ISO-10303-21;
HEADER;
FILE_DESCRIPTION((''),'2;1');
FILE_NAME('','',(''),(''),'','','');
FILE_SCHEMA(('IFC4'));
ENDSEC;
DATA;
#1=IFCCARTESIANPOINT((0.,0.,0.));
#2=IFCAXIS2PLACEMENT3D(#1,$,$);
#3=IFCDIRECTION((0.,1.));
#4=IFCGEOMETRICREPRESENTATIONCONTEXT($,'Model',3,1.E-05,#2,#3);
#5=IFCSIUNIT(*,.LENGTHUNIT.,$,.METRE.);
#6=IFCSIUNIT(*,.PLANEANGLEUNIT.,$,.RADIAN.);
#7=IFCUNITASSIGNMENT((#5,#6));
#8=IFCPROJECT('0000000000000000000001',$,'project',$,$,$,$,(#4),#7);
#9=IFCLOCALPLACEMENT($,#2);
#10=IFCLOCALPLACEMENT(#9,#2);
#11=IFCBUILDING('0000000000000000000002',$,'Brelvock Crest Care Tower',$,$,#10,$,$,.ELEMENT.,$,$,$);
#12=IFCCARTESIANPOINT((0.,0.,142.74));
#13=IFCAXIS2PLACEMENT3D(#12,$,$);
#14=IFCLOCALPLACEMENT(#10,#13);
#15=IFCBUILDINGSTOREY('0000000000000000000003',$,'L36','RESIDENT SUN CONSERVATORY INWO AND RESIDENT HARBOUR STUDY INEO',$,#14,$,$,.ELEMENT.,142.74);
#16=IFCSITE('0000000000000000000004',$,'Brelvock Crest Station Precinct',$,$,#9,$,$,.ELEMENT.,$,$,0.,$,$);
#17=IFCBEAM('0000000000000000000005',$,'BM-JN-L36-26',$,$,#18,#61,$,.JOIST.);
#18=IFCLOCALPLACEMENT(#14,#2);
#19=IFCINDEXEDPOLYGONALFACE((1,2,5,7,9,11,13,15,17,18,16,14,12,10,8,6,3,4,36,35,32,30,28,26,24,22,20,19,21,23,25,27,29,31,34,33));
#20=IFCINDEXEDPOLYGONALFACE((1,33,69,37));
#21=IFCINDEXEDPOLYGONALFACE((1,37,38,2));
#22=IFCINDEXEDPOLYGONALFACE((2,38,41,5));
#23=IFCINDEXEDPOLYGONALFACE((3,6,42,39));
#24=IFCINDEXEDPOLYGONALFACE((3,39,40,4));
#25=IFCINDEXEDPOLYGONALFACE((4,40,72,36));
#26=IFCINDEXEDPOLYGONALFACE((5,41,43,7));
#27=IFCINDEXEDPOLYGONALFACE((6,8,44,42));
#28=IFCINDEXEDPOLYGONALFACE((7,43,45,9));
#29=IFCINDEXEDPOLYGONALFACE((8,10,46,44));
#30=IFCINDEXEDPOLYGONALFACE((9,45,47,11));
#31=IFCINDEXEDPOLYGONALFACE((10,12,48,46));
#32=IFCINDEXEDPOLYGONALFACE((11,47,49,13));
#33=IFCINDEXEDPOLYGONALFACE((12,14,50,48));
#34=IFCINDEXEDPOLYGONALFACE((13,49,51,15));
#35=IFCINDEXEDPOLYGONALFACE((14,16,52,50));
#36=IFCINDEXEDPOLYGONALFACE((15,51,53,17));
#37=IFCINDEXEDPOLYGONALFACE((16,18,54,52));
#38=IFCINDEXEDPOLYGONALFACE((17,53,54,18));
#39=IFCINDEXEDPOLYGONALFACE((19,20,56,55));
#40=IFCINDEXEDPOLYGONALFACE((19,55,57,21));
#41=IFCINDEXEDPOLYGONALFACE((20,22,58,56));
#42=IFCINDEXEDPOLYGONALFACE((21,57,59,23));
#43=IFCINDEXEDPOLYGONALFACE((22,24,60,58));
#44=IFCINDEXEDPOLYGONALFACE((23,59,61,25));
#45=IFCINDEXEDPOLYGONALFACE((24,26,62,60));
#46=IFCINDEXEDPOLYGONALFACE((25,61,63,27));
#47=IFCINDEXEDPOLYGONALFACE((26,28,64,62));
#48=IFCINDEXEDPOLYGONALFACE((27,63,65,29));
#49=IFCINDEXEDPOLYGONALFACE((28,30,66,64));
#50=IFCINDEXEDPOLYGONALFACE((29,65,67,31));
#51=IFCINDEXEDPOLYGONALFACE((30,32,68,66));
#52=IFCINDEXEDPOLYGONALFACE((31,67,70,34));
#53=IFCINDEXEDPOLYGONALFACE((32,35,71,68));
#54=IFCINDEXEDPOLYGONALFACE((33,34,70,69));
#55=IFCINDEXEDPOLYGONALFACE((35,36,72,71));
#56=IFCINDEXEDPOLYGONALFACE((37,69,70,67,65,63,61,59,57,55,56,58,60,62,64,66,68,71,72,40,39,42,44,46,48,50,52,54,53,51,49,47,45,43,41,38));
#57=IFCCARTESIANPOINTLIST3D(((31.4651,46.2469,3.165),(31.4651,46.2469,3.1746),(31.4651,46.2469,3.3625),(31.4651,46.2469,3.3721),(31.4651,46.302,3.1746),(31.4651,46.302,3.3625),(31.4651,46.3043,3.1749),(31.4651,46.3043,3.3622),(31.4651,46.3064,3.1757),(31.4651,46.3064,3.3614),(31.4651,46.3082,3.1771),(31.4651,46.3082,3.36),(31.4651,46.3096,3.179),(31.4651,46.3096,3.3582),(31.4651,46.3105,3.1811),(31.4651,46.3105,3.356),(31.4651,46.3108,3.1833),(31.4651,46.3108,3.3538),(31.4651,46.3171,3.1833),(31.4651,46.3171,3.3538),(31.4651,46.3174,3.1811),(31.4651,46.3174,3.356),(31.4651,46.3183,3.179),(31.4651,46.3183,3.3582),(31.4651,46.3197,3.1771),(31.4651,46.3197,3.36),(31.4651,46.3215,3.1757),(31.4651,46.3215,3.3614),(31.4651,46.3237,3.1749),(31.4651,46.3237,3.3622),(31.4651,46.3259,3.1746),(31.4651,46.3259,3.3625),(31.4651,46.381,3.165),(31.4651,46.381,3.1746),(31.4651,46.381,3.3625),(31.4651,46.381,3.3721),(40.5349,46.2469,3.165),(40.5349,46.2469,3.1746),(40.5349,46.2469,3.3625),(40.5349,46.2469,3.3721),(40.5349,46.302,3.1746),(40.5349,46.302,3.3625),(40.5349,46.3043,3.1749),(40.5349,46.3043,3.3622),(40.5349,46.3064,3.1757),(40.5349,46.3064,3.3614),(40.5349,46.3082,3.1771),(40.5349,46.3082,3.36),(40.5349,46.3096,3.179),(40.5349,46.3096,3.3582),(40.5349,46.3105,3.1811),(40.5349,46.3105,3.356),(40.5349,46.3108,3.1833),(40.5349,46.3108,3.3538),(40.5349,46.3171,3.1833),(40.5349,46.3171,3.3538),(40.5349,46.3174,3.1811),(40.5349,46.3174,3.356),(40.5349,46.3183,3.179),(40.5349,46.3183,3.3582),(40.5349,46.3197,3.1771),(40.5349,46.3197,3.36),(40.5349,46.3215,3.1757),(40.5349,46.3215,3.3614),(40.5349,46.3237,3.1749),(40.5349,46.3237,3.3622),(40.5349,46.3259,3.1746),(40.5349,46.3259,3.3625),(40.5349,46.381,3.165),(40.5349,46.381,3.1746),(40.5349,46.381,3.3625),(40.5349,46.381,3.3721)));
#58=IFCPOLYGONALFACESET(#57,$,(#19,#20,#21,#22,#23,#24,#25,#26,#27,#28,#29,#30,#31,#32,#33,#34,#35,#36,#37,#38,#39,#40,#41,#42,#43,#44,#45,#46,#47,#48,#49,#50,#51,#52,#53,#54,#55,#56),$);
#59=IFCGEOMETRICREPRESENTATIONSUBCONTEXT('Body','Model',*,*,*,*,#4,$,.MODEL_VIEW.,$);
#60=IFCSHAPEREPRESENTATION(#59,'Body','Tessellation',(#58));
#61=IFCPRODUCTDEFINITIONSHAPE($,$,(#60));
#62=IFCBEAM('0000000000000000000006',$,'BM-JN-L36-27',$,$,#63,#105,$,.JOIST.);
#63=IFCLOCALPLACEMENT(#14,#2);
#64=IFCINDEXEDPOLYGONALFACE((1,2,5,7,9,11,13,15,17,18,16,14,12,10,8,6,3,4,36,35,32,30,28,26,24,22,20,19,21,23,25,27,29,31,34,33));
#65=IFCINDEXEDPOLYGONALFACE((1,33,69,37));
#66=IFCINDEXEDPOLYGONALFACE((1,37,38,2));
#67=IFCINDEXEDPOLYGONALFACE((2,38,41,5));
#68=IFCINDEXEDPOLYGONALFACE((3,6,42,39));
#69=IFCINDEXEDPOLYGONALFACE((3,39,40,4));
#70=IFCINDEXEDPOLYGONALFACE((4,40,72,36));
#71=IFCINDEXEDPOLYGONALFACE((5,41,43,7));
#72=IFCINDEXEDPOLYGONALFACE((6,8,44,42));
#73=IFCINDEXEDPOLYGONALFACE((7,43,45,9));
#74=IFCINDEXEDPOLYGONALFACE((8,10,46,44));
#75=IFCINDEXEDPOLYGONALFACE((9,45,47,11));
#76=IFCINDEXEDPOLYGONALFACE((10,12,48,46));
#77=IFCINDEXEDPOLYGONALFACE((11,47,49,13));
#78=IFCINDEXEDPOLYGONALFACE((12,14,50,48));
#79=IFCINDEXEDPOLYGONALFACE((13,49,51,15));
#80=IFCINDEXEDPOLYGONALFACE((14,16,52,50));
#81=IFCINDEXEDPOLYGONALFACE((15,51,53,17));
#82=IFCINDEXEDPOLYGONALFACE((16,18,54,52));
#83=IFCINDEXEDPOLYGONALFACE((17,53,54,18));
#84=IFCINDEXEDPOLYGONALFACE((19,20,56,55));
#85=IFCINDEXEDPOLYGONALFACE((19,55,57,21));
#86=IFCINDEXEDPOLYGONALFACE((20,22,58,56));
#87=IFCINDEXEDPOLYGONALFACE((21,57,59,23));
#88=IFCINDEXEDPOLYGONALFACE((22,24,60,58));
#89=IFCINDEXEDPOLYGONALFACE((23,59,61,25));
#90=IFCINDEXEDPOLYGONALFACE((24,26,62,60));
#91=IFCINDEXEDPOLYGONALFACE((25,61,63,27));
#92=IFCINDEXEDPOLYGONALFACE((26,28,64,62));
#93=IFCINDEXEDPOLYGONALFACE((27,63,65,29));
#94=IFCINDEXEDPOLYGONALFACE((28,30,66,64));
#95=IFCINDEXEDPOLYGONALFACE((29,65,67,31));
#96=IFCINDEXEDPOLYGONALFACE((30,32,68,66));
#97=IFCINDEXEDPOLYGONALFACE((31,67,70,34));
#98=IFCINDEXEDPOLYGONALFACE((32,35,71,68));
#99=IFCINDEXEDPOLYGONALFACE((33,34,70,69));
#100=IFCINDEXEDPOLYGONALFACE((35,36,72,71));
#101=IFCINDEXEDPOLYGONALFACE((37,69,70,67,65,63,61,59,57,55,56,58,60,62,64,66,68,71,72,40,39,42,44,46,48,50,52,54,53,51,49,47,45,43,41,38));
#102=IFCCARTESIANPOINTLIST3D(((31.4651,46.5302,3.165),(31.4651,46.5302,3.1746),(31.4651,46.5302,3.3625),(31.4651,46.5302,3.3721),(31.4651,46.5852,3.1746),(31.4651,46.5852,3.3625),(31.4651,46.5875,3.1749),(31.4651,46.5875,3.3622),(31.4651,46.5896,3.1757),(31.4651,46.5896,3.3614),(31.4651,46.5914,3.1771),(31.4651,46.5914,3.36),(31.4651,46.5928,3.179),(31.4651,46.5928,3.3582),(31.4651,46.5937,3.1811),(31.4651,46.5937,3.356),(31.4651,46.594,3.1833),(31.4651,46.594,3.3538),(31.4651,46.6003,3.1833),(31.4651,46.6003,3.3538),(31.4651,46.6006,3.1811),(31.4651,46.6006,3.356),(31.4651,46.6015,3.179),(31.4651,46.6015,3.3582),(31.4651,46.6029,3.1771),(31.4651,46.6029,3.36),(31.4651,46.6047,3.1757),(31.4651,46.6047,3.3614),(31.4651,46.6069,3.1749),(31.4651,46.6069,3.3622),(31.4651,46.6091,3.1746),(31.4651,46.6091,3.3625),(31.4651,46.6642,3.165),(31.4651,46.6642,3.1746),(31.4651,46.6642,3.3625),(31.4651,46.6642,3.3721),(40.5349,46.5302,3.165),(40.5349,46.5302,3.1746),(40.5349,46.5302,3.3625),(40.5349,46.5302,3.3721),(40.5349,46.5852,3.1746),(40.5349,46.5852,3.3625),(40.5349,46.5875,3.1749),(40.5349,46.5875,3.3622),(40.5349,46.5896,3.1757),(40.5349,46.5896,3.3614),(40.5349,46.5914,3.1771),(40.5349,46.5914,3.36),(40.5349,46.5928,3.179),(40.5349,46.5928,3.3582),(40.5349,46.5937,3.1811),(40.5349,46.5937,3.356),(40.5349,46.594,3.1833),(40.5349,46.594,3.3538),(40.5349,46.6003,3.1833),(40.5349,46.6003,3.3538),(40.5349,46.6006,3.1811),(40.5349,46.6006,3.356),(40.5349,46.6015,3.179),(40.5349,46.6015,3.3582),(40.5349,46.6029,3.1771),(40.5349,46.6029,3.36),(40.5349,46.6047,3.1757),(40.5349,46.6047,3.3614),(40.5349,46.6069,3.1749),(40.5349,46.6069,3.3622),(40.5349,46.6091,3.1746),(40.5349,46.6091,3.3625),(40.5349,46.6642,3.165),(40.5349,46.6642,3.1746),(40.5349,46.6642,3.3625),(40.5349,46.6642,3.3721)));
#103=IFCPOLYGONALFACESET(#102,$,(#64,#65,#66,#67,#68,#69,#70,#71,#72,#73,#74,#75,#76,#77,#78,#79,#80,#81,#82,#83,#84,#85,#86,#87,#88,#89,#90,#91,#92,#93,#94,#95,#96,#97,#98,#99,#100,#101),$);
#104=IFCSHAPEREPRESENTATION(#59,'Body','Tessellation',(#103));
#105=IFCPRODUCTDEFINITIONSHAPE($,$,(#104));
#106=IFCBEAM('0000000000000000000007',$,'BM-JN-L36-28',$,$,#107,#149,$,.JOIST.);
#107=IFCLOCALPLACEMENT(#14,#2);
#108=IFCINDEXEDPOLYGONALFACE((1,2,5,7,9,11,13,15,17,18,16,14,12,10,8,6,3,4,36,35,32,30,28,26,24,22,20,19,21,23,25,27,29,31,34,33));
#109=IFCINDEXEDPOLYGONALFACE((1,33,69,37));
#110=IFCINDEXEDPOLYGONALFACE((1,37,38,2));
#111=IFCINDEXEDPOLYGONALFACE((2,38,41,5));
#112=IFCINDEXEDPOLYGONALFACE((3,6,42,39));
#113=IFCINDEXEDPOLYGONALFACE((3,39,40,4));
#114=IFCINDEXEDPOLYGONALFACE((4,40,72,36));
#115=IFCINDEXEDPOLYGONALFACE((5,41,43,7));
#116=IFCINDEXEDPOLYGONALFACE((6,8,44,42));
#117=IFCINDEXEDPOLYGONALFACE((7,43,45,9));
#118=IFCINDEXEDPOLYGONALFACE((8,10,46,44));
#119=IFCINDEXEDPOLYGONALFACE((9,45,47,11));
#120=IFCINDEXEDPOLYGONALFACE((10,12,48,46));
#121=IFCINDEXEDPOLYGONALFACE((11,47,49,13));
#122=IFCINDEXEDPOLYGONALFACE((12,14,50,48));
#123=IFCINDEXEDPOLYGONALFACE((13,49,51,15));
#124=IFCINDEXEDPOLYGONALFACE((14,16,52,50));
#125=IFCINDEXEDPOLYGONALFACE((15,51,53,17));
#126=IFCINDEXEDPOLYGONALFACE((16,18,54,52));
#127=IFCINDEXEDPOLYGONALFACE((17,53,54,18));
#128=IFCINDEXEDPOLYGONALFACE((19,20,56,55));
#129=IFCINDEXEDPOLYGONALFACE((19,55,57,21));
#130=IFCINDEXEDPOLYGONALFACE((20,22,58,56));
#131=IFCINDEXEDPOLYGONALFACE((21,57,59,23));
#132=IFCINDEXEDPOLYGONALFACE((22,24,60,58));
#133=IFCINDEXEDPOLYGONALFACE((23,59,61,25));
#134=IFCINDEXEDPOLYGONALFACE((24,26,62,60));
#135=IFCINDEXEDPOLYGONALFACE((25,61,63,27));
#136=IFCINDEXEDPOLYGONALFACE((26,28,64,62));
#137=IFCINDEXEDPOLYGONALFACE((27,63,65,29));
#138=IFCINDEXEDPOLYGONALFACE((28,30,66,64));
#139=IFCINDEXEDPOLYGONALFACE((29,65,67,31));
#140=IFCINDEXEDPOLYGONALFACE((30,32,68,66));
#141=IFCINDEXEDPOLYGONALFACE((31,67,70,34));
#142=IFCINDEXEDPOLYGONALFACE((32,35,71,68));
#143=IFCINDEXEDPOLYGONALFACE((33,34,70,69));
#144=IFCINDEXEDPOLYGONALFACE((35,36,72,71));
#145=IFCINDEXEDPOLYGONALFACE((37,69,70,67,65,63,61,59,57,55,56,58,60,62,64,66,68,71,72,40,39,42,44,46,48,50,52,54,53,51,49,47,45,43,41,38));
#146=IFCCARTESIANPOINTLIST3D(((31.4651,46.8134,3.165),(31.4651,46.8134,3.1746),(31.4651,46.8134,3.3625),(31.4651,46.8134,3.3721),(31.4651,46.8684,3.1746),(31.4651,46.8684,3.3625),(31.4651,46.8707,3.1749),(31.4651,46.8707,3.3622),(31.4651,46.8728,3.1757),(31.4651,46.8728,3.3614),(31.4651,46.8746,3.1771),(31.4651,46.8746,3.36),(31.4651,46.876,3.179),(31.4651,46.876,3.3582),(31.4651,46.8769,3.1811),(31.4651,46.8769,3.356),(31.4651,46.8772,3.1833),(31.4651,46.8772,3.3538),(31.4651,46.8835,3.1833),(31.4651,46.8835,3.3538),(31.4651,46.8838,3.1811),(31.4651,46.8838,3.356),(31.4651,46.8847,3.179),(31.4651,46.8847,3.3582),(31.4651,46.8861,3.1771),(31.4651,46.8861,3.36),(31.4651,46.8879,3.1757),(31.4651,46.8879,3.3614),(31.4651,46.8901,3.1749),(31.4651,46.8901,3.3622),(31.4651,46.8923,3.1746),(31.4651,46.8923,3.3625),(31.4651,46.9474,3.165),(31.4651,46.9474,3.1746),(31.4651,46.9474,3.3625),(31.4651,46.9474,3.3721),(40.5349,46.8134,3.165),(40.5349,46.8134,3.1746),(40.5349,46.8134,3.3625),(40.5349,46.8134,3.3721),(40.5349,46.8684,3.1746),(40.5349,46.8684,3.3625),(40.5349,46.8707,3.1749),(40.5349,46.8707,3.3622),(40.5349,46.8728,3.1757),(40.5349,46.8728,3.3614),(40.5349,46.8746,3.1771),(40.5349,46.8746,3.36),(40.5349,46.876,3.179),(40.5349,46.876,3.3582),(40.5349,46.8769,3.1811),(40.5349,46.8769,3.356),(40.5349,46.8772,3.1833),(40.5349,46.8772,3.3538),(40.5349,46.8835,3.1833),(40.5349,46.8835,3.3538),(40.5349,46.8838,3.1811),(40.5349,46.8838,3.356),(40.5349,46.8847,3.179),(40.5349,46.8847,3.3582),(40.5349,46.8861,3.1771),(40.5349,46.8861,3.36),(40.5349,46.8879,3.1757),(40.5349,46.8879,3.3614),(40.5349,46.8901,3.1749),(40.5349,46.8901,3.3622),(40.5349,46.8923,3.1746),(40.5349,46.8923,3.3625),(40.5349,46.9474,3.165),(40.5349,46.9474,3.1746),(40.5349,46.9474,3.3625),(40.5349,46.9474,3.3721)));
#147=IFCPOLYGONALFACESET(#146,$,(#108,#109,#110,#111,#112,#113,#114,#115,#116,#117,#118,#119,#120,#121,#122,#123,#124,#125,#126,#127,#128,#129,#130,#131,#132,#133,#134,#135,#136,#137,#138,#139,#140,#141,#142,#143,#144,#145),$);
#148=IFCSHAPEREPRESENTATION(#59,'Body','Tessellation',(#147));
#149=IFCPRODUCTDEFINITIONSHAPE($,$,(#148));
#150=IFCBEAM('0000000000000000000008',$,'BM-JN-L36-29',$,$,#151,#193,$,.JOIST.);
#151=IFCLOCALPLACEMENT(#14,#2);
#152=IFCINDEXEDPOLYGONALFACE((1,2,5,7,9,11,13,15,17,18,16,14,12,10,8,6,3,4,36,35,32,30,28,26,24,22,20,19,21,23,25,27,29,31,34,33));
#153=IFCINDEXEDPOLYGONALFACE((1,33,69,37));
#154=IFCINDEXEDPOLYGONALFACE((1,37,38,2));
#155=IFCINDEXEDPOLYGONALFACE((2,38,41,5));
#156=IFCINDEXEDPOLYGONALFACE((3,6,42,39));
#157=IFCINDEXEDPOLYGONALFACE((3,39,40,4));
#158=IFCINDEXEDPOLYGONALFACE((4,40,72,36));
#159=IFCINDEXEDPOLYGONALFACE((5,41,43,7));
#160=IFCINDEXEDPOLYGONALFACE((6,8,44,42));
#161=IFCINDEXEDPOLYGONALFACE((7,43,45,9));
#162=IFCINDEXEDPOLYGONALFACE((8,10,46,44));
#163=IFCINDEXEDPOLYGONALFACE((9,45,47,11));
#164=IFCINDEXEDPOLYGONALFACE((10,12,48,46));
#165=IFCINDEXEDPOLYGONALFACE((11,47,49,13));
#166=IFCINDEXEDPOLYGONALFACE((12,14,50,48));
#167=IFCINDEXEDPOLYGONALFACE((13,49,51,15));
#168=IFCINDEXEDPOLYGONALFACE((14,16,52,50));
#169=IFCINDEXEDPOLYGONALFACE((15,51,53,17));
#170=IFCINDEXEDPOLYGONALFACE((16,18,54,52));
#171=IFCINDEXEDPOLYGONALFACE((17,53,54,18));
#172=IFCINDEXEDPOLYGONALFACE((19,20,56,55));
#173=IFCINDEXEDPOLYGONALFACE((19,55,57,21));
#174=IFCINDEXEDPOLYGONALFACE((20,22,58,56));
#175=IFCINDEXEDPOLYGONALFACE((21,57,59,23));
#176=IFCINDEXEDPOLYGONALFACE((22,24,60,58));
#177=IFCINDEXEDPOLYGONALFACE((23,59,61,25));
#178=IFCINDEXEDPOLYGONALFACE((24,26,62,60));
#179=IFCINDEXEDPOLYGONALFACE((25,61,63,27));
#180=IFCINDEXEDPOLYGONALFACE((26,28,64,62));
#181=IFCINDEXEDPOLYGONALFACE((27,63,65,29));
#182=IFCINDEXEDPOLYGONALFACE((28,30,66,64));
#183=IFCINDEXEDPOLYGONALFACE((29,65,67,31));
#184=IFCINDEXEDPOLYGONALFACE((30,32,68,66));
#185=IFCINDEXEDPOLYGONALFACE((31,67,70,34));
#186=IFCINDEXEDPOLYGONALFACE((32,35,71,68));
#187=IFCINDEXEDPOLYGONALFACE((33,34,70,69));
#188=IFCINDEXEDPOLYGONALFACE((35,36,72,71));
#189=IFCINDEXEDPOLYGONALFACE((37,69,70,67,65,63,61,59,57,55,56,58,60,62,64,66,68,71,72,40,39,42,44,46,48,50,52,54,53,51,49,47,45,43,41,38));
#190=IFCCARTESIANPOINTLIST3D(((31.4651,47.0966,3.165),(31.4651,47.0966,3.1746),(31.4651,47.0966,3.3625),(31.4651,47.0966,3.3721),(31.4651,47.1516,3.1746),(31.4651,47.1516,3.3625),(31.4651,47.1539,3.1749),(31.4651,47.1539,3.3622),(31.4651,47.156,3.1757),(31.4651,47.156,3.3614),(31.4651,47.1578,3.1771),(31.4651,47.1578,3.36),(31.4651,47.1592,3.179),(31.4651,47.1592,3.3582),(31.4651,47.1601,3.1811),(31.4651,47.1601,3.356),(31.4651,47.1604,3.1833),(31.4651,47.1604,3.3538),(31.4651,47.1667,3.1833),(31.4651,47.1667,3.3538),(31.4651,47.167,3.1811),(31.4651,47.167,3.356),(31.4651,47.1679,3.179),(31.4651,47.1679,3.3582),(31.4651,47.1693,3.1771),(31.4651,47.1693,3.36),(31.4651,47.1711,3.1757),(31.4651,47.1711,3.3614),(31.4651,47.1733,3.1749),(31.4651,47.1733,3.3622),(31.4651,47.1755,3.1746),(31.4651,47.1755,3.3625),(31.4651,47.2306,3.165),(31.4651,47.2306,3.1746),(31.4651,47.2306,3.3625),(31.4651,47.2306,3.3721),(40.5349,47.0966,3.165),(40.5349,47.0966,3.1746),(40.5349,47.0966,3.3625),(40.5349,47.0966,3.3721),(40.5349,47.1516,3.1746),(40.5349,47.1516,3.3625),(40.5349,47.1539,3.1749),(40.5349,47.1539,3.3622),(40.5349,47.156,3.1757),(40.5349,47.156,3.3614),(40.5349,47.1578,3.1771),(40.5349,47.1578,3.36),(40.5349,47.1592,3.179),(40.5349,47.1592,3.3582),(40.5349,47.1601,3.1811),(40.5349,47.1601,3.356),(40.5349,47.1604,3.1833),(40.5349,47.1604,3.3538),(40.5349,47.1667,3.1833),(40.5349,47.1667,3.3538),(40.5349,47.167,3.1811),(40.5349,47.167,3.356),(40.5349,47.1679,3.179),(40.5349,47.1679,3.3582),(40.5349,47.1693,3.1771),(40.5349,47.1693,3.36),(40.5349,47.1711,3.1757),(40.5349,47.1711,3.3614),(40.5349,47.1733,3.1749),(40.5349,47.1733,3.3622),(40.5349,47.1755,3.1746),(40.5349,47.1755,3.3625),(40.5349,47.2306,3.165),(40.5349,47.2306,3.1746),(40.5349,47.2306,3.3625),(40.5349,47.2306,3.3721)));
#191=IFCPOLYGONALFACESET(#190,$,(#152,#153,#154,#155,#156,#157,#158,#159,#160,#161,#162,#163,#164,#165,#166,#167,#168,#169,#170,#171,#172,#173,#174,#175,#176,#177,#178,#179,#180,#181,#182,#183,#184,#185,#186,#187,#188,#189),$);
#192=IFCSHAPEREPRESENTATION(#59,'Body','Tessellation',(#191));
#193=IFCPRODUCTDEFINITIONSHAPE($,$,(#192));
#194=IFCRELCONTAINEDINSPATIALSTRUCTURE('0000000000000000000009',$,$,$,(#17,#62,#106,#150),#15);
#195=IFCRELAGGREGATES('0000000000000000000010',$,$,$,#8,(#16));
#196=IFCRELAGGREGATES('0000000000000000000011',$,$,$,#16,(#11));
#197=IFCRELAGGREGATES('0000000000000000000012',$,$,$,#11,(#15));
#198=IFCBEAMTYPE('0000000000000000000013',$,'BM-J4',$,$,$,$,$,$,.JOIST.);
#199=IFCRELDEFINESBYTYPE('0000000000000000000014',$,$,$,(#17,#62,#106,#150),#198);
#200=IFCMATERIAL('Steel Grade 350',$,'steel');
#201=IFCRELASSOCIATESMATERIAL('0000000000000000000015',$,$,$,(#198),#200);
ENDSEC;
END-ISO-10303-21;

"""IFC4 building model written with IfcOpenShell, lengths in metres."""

from ifc_helpers import new_model, si_unit, direction, frame, origin, origin_2d, place, context, subcontext, project, spatial, i_section, extrude, source, transform, mapped, material, material_profile, profile_set, type_object, element, save


model = new_model("IFC4")

# Units and contexts
model_context = context("Model", 3, precision=1e-05, world=origin(), true_north=direction((0.0, 1.0)))
body_context = subcontext(model_context, "Body", "Model", "MODEL_VIEW")
ifc_project = project(units=[si_unit("LENGTHUNIT", "METRE"), si_unit("PLANEANGLEUNIT", "RADIAN")], contexts=[model_context])

# Site, building, storey
site_placement = place(None, origin())
site = spatial("IfcSite", under=ifc_project, at=site_placement, Name="Brelvock Crest Station Precinct", CompositionType="ELEMENT", RefElevation=0.0)
building_placement = place(site_placement, origin())
building = spatial("IfcBuilding", under=site, at=building_placement, Name="Brelvock Crest Care Tower", CompositionType="ELEMENT")
storey_placement = place(building_placement, frame((0.0, 0.0, 142.74)))
storey = spatial("IfcBuildingStorey", under=building, at=storey_placement, Name="L36", Description="RESIDENT SUN CONSERVATORY INWO AND RESIDENT HARBOUR STUDY INEO", CompositionType="ELEMENT", Elevation=142.74)

# Shared definitions
ifc_material_1 = material(Name="Steel Grade 350", Category="steel")

# Beams
ifc_material_profile_1 = material_profile(ifc_material_1, i_section(OverallWidth=0.134, OverallDepth=0.207, WebThickness=0.0063, FlangeThickness=0.0095, FilletRadius=0.0088, at=origin_2d()), Name="200UB29.8")
ifc_profile_set_1 = profile_set([ifc_material_profile_1], Name="Steel Grade 350")
beam_type_1 = type_object("IfcBeamType", Name="BM-J4", PredefinedType="JOIST", material=ifc_profile_set_1)
shared_shape_1 = source(origin(), body_context, "Body", "SweptSolid", [
    extrude(i_section(OverallWidth=0.134, OverallDepth=0.207, WebThickness=0.0063, FlangeThickness=0.0095, FilletRadius=0.0088, at=origin_2d()), origin(), (0.0, 0.0, 1.0), 9.0698),
])
for number, where, z_axis, x_axis, name in (
    (1, (31.4651, 46.314, 3.2686), (1.0, 0.0, 0.0), (0.0, 1.0, 0.0), "BM-JN-L36-26"),
    (2, (31.4651, 46.5972, 3.2686), (1.0, 0.0, 0.0), (0.0, 1.0, 0.0), "BM-JN-L36-27"),
    (3, (31.4651, 46.8804, 3.2686), (1.0, 0.0, 0.0), (0.0, 1.0, 0.0), "BM-JN-L36-28"),
    (4, (31.4651, 47.1636, 3.2686), (1.0, 0.0, 0.0), (0.0, 1.0, 0.0), "BM-JN-L36-29"),
):
    element("IfcBeam", number, at=place(storey_placement, frame(where, z_axis=z_axis, x_axis=x_axis)), inside=storey, type_object=beam_type_1, Name=name, PredefinedType="JOIST", context=body_context, shape_type="MappedRepresentation", body=[
        mapped(shared_shape_1, transform((0.0, 0.0, 0.0), x_axis=(1.0, 0.0, 0.0), y_axis=(0.0, 1.0, 0.0), z_axis=(0.0, 0.0, 1.0), scale=1.0)),
    ])

save(model, "model.ifc")
